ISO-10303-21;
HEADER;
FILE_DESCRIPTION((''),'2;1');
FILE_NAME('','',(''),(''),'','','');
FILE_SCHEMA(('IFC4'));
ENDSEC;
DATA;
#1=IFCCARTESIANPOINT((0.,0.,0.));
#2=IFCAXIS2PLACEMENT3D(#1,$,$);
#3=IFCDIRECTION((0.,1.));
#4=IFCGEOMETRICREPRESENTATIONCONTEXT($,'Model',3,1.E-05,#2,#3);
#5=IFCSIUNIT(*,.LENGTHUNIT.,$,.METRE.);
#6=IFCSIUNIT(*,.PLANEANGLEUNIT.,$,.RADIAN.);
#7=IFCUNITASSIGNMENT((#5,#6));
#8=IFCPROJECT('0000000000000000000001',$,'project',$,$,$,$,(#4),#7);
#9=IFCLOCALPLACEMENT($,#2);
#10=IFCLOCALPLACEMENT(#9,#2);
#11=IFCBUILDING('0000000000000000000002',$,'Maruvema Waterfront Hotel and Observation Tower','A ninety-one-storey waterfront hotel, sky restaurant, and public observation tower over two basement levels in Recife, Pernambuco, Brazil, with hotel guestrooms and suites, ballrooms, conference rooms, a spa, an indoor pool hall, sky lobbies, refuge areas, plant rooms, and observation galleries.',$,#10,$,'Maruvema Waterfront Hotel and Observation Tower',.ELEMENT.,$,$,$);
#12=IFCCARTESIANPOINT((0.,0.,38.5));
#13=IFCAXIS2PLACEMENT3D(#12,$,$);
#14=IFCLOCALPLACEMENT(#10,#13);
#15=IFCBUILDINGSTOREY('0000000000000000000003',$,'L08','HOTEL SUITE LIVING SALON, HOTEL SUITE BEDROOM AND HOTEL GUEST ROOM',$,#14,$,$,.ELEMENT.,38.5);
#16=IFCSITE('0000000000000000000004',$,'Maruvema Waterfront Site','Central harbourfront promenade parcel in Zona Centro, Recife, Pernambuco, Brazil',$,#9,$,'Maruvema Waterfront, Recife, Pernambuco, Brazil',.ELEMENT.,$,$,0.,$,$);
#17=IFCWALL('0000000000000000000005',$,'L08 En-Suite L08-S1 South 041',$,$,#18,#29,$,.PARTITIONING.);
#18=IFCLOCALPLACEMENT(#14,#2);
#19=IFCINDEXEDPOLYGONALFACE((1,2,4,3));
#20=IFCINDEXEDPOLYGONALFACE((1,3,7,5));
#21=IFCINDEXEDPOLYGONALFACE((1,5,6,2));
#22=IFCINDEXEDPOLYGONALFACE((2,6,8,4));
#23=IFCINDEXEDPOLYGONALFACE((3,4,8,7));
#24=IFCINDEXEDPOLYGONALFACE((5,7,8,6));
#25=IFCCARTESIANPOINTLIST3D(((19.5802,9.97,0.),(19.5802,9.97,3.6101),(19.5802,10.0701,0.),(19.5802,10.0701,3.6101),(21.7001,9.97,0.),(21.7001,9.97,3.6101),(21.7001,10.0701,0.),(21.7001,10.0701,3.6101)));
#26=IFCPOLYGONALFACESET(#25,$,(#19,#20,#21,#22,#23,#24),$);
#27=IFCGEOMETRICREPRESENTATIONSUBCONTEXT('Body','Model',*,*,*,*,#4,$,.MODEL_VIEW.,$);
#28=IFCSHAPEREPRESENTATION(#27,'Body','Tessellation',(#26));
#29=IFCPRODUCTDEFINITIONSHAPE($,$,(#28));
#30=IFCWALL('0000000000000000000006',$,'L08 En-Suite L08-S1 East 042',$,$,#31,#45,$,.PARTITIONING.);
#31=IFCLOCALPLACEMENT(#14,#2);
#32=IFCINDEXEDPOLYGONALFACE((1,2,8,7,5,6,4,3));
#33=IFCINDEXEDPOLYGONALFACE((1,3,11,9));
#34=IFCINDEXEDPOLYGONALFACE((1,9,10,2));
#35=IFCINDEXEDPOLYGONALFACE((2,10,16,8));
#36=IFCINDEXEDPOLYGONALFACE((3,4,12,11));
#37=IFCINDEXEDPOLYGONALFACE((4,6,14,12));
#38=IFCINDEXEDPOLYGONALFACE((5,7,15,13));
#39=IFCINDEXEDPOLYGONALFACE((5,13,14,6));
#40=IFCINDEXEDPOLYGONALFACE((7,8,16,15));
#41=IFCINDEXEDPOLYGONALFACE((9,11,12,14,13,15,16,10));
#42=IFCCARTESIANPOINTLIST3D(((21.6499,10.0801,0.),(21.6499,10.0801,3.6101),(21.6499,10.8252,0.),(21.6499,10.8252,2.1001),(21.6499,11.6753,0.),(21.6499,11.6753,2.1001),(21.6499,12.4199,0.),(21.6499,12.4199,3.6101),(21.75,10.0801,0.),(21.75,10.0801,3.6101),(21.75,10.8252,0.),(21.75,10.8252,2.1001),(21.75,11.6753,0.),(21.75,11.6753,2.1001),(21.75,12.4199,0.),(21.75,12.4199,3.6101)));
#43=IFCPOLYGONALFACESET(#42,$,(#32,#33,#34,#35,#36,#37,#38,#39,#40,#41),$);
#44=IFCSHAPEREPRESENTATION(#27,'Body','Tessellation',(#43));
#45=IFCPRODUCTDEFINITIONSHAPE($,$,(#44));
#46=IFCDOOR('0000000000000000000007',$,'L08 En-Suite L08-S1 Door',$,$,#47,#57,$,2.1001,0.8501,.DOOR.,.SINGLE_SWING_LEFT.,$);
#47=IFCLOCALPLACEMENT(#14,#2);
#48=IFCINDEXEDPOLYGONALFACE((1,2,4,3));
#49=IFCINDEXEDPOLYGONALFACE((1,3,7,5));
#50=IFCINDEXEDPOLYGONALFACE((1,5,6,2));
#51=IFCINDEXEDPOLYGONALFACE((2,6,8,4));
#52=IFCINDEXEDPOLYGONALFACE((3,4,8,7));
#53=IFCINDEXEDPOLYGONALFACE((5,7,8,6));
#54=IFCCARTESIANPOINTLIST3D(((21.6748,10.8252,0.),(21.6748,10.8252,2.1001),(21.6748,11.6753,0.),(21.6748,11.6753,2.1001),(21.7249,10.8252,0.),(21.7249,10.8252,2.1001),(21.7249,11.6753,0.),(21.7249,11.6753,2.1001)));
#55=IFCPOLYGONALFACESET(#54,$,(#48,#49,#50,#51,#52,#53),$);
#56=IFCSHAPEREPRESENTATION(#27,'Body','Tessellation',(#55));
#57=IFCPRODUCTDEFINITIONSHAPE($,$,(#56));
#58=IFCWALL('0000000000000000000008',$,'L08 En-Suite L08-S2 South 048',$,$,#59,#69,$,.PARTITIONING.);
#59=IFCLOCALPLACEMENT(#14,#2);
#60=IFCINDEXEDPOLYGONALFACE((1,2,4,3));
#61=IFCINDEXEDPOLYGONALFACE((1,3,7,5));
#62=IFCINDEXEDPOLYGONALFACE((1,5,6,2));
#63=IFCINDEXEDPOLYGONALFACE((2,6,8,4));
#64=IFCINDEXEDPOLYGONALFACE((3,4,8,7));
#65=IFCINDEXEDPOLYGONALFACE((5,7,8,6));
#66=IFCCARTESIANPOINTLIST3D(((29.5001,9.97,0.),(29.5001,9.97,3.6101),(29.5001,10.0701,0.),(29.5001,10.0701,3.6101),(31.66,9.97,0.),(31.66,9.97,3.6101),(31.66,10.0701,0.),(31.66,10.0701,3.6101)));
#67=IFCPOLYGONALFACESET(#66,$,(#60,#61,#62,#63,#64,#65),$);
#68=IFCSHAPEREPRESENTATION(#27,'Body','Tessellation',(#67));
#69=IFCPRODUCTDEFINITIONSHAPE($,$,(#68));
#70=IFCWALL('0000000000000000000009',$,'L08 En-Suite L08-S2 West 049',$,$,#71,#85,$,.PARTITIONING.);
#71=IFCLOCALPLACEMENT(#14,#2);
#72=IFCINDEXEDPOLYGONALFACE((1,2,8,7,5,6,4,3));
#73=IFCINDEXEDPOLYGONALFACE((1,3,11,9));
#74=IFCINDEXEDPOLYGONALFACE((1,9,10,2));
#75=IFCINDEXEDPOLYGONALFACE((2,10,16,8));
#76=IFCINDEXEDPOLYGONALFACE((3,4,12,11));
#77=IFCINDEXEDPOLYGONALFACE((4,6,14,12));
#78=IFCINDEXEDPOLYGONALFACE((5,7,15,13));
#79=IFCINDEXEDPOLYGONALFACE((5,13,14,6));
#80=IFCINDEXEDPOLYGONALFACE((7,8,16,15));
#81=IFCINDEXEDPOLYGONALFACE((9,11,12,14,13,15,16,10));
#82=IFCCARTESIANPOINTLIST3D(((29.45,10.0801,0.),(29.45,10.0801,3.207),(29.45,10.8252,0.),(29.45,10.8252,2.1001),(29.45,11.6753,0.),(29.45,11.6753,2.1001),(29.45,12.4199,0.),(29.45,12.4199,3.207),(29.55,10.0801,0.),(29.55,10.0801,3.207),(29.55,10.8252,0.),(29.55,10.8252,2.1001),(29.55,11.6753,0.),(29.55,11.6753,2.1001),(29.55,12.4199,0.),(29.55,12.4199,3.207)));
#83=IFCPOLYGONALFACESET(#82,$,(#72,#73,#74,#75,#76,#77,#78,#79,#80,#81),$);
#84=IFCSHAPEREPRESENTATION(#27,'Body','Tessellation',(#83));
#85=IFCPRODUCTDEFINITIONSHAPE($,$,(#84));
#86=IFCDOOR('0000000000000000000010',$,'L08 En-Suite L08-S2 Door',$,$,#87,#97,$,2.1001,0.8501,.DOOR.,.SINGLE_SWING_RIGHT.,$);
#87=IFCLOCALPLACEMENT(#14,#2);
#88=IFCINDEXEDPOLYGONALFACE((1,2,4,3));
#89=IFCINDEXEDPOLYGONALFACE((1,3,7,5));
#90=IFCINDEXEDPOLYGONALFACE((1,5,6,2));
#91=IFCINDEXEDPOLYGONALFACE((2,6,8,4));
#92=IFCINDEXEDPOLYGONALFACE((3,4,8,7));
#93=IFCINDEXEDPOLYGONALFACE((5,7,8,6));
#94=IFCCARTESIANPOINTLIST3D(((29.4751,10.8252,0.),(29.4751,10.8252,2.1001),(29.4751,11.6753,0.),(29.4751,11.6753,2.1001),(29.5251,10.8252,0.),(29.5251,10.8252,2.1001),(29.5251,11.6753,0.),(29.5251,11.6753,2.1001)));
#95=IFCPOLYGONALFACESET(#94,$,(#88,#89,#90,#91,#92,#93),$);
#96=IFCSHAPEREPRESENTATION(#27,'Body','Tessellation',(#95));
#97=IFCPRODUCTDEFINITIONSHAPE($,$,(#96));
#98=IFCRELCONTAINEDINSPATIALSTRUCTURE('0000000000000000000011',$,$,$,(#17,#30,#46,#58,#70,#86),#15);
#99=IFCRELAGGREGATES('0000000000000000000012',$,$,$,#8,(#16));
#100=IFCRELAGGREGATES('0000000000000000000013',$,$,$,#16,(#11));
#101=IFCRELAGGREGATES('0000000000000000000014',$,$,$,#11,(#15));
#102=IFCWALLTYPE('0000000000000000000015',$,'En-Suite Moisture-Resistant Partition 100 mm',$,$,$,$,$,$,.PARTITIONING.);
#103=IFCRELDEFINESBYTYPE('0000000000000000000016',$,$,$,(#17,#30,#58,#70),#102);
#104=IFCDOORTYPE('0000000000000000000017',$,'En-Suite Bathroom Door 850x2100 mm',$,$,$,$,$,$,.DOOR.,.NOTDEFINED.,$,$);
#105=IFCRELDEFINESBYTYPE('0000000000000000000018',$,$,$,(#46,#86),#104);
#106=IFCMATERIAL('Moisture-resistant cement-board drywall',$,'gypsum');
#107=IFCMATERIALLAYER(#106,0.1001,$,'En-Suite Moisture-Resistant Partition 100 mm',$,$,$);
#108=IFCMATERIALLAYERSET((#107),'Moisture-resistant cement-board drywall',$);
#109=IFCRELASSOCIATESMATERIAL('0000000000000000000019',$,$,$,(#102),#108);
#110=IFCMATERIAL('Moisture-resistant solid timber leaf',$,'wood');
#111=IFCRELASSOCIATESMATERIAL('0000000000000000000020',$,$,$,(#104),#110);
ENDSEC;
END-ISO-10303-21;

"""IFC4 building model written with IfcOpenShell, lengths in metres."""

from ifc_helpers import new_model, si_unit, direction, frame, frame_2d, origin, place, context, subcontext, project, spatial, rectangle, extrude, material, layer, layer_set, type_object, element, fill, save


model = new_model("IFC4")

# Units and contexts
model_context = context("Model", 3, precision=1e-05, world=origin(), true_north=direction((0.0, 1.0)))
body_context = subcontext(model_context, "Body", "Model", "MODEL_VIEW")
ifc_project = project(units=[si_unit("LENGTHUNIT", "METRE"), si_unit("PLANEANGLEUNIT", "RADIAN")], contexts=[model_context])

# Site, building, storey
site_placement = place(None, origin())
site = spatial("IfcSite", under=ifc_project, at=site_placement, Name="Maruvema Waterfront Site", Description="Central harbourfront promenade parcel in Zona Centro, Recife, Pernambuco, Brazil", LongName="Maruvema Waterfront, Recife, Pernambuco, Brazil", CompositionType="ELEMENT", RefElevation=0.0)
building_placement = place(site_placement, origin())
building = spatial("IfcBuilding", under=site, at=building_placement, Name="Maruvema Waterfront Hotel and Observation Tower", Description="A ninety-one-storey waterfront hotel, sky restaurant, and public observation tower over two basement levels in Recife, Pernambuco, Brazil, with hotel guestrooms and suites, ballrooms, conference rooms, a spa, an indoor pool hall, sky lobbies, refuge areas, plant rooms, and observation galleries.", LongName="Maruvema Waterfront Hotel and Observation Tower", CompositionType="ELEMENT")
storey_placement = place(building_placement, frame((0.0, 0.0, 38.5)))
storey = spatial("IfcBuildingStorey", under=building, at=storey_placement, Name="L08", Description="HOTEL SUITE LIVING SALON, HOTEL SUITE BEDROOM AND HOTEL GUEST ROOM", CompositionType="ELEMENT", Elevation=38.5)

# Wall
ifc_material_1 = material(Name="Moisture-resistant cement-board drywall", Category="gypsum")
ifc_layer_1 = layer(ifc_material_1, 0.1001, Name="En-Suite Moisture-Resistant Partition 100 mm")
ifc_layer_set_1 = layer_set([ifc_layer_1], Name="Moisture-resistant cement-board drywall")
wall_type_1 = type_object("IfcWallType", Name="En-Suite Moisture-Resistant Partition 100 mm", PredefinedType="PARTITIONING", material=ifc_layer_set_1)
wall_1_placement = place(storey_placement, frame((19.5801, 10.02, 0.0), z_axis=(0.0, 0.0, 1.0), x_axis=(1.0, 0.0, 0.0)))
element("IfcWall", 1, at=wall_1_placement, inside=storey, type_object=wall_type_1, Name="L08 En-Suite L08-S1 South 041", PredefinedType="PARTITIONING", context=body_context, shape_type="SweptSolid", body=[
    extrude(rectangle(XDim=2.1199, YDim=0.1001, at=frame_2d((1.0601, 0.0))), origin(), (0.0, 0.0, 1.0), 3.6101),
])

# Wall, opening, door
wall_2_placement = place(storey_placement, frame((21.7, 10.0801, 0.0), z_axis=(0.0, 0.0, 1.0), x_axis=(0.0, 1.0, 0.0)))
wall_2 = element("IfcWall", 2, at=wall_2_placement, inside=storey, type_object=wall_type_1, Name="L08 En-Suite L08-S1 East 042", PredefinedType="PARTITIONING", context=body_context, shape_type="SweptSolid", body=[
    extrude(rectangle(XDim=2.3398, YDim=0.1001, at=frame_2d((1.1699, 0.0))), origin(), (0.0, 0.0, 1.0), 3.6101),
])
opening_1_placement = place(wall_2_placement, frame((0.7451, 0.0, 0.0)))
opening_1 = element("IfcOpeningElement", 3, at=opening_1_placement, cuts=wall_2, PredefinedType="OPENING", context=body_context, shape_type="SweptSolid", body=[
    extrude(rectangle(XDim=0.8501, YDim=2.1001, at=frame_2d((0.425, 1.05))), frame((0.0, 0.0601, 0.0), z_axis=(0.0, -1.0, 0.0), x_axis=(1.0, 0.0, 0.0)), (0.0, 0.0, 1.0), 0.1201),
])
ifc_material_2 = material(Name="Moisture-resistant solid timber leaf", Category="wood")
door_type_1 = type_object("IfcDoorType", Name="En-Suite Bathroom Door 850x2100 mm", OperationType="NOTDEFINED", PredefinedType="DOOR", material=ifc_material_2)
door_1_placement = place(opening_1_placement, frame((0.8501, 0.0, 0.0), z_axis=(0.0, 0.0, 1.0), x_axis=(-1.0, 0.0, 0.0)))
door_1 = element("IfcDoor", 4, at=door_1_placement, inside=storey, type_object=door_type_1, Name="L08 En-Suite L08-S1 Door", OperationType="SINGLE_SWING_LEFT", OverallHeight=2.1001, OverallWidth=0.8501, PredefinedType="DOOR", context=body_context, shape_type="SweptSolid", body=[
    extrude(rectangle(XDim=0.8501, YDim=2.1001, at=frame_2d((0.425, 1.05))), frame((0.0, 0.0249, 0.0), z_axis=(0.0, -1.0, 0.0), x_axis=(1.0, 0.0, 0.0)), (0.0, 0.0, 1.0), 0.05),
])
fill(opening_1, door_1)

# Wall
wall_3_placement = place(storey_placement, frame((29.5, 10.02, 0.0), z_axis=(0.0, 0.0, 1.0), x_axis=(1.0, 0.0, 0.0)))
element("IfcWall", 5, at=wall_3_placement, inside=storey, type_object=wall_type_1, Name="L08 En-Suite L08-S2 South 048", PredefinedType="PARTITIONING", context=body_context, shape_type="SweptSolid", body=[
    extrude(rectangle(XDim=2.1599, YDim=0.1001, at=frame_2d((1.0801, 0.0))), origin(), (0.0, 0.0, 1.0), 3.6101),
])

# Wall, opening, door
wall_4_placement = place(storey_placement, frame((29.5, 10.0801, 0.0), z_axis=(0.0, 0.0, 1.0), x_axis=(0.0, 1.0, 0.0)))
wall_4 = element("IfcWall", 6, at=wall_4_placement, inside=storey, type_object=wall_type_1, Name="L08 En-Suite L08-S2 West 049", PredefinedType="PARTITIONING", context=body_context, shape_type="SweptSolid", body=[
    extrude(rectangle(XDim=2.3398, YDim=0.1001, at=frame_2d((1.1699, 0.0))), origin(), (0.0, 0.0, 1.0), 3.207),
])
opening_2_placement = place(wall_4_placement, frame((0.7451, 0.0, 0.0)))
opening_2 = element("IfcOpeningElement", 7, at=opening_2_placement, cuts=wall_4, PredefinedType="OPENING", context=body_context, shape_type="SweptSolid", body=[
    extrude(rectangle(XDim=0.8501, YDim=2.1001, at=frame_2d((0.425, 1.05))), frame((0.0, 0.0601, 0.0), z_axis=(0.0, -1.0, 0.0), x_axis=(1.0, 0.0, 0.0)), (0.0, 0.0, 1.0), 0.1201),
])
door_2_placement = place(opening_2_placement, origin())
door_2 = element("IfcDoor", 8, at=door_2_placement, inside=storey, type_object=door_type_1, Name="L08 En-Suite L08-S2 Door", OperationType="SINGLE_SWING_RIGHT", OverallHeight=2.1001, OverallWidth=0.8501, PredefinedType="DOOR", context=body_context, shape_type="SweptSolid", body=[
    extrude(rectangle(XDim=0.8501, YDim=2.1001, at=frame_2d((0.425, 1.05))), frame((0.0, 0.0249, 0.0), z_axis=(0.0, -1.0, 0.0), x_axis=(1.0, 0.0, 0.0)), (0.0, 0.0, 1.0), 0.05),
])
fill(opening_2, door_2)

save(model, "model.ifc")
